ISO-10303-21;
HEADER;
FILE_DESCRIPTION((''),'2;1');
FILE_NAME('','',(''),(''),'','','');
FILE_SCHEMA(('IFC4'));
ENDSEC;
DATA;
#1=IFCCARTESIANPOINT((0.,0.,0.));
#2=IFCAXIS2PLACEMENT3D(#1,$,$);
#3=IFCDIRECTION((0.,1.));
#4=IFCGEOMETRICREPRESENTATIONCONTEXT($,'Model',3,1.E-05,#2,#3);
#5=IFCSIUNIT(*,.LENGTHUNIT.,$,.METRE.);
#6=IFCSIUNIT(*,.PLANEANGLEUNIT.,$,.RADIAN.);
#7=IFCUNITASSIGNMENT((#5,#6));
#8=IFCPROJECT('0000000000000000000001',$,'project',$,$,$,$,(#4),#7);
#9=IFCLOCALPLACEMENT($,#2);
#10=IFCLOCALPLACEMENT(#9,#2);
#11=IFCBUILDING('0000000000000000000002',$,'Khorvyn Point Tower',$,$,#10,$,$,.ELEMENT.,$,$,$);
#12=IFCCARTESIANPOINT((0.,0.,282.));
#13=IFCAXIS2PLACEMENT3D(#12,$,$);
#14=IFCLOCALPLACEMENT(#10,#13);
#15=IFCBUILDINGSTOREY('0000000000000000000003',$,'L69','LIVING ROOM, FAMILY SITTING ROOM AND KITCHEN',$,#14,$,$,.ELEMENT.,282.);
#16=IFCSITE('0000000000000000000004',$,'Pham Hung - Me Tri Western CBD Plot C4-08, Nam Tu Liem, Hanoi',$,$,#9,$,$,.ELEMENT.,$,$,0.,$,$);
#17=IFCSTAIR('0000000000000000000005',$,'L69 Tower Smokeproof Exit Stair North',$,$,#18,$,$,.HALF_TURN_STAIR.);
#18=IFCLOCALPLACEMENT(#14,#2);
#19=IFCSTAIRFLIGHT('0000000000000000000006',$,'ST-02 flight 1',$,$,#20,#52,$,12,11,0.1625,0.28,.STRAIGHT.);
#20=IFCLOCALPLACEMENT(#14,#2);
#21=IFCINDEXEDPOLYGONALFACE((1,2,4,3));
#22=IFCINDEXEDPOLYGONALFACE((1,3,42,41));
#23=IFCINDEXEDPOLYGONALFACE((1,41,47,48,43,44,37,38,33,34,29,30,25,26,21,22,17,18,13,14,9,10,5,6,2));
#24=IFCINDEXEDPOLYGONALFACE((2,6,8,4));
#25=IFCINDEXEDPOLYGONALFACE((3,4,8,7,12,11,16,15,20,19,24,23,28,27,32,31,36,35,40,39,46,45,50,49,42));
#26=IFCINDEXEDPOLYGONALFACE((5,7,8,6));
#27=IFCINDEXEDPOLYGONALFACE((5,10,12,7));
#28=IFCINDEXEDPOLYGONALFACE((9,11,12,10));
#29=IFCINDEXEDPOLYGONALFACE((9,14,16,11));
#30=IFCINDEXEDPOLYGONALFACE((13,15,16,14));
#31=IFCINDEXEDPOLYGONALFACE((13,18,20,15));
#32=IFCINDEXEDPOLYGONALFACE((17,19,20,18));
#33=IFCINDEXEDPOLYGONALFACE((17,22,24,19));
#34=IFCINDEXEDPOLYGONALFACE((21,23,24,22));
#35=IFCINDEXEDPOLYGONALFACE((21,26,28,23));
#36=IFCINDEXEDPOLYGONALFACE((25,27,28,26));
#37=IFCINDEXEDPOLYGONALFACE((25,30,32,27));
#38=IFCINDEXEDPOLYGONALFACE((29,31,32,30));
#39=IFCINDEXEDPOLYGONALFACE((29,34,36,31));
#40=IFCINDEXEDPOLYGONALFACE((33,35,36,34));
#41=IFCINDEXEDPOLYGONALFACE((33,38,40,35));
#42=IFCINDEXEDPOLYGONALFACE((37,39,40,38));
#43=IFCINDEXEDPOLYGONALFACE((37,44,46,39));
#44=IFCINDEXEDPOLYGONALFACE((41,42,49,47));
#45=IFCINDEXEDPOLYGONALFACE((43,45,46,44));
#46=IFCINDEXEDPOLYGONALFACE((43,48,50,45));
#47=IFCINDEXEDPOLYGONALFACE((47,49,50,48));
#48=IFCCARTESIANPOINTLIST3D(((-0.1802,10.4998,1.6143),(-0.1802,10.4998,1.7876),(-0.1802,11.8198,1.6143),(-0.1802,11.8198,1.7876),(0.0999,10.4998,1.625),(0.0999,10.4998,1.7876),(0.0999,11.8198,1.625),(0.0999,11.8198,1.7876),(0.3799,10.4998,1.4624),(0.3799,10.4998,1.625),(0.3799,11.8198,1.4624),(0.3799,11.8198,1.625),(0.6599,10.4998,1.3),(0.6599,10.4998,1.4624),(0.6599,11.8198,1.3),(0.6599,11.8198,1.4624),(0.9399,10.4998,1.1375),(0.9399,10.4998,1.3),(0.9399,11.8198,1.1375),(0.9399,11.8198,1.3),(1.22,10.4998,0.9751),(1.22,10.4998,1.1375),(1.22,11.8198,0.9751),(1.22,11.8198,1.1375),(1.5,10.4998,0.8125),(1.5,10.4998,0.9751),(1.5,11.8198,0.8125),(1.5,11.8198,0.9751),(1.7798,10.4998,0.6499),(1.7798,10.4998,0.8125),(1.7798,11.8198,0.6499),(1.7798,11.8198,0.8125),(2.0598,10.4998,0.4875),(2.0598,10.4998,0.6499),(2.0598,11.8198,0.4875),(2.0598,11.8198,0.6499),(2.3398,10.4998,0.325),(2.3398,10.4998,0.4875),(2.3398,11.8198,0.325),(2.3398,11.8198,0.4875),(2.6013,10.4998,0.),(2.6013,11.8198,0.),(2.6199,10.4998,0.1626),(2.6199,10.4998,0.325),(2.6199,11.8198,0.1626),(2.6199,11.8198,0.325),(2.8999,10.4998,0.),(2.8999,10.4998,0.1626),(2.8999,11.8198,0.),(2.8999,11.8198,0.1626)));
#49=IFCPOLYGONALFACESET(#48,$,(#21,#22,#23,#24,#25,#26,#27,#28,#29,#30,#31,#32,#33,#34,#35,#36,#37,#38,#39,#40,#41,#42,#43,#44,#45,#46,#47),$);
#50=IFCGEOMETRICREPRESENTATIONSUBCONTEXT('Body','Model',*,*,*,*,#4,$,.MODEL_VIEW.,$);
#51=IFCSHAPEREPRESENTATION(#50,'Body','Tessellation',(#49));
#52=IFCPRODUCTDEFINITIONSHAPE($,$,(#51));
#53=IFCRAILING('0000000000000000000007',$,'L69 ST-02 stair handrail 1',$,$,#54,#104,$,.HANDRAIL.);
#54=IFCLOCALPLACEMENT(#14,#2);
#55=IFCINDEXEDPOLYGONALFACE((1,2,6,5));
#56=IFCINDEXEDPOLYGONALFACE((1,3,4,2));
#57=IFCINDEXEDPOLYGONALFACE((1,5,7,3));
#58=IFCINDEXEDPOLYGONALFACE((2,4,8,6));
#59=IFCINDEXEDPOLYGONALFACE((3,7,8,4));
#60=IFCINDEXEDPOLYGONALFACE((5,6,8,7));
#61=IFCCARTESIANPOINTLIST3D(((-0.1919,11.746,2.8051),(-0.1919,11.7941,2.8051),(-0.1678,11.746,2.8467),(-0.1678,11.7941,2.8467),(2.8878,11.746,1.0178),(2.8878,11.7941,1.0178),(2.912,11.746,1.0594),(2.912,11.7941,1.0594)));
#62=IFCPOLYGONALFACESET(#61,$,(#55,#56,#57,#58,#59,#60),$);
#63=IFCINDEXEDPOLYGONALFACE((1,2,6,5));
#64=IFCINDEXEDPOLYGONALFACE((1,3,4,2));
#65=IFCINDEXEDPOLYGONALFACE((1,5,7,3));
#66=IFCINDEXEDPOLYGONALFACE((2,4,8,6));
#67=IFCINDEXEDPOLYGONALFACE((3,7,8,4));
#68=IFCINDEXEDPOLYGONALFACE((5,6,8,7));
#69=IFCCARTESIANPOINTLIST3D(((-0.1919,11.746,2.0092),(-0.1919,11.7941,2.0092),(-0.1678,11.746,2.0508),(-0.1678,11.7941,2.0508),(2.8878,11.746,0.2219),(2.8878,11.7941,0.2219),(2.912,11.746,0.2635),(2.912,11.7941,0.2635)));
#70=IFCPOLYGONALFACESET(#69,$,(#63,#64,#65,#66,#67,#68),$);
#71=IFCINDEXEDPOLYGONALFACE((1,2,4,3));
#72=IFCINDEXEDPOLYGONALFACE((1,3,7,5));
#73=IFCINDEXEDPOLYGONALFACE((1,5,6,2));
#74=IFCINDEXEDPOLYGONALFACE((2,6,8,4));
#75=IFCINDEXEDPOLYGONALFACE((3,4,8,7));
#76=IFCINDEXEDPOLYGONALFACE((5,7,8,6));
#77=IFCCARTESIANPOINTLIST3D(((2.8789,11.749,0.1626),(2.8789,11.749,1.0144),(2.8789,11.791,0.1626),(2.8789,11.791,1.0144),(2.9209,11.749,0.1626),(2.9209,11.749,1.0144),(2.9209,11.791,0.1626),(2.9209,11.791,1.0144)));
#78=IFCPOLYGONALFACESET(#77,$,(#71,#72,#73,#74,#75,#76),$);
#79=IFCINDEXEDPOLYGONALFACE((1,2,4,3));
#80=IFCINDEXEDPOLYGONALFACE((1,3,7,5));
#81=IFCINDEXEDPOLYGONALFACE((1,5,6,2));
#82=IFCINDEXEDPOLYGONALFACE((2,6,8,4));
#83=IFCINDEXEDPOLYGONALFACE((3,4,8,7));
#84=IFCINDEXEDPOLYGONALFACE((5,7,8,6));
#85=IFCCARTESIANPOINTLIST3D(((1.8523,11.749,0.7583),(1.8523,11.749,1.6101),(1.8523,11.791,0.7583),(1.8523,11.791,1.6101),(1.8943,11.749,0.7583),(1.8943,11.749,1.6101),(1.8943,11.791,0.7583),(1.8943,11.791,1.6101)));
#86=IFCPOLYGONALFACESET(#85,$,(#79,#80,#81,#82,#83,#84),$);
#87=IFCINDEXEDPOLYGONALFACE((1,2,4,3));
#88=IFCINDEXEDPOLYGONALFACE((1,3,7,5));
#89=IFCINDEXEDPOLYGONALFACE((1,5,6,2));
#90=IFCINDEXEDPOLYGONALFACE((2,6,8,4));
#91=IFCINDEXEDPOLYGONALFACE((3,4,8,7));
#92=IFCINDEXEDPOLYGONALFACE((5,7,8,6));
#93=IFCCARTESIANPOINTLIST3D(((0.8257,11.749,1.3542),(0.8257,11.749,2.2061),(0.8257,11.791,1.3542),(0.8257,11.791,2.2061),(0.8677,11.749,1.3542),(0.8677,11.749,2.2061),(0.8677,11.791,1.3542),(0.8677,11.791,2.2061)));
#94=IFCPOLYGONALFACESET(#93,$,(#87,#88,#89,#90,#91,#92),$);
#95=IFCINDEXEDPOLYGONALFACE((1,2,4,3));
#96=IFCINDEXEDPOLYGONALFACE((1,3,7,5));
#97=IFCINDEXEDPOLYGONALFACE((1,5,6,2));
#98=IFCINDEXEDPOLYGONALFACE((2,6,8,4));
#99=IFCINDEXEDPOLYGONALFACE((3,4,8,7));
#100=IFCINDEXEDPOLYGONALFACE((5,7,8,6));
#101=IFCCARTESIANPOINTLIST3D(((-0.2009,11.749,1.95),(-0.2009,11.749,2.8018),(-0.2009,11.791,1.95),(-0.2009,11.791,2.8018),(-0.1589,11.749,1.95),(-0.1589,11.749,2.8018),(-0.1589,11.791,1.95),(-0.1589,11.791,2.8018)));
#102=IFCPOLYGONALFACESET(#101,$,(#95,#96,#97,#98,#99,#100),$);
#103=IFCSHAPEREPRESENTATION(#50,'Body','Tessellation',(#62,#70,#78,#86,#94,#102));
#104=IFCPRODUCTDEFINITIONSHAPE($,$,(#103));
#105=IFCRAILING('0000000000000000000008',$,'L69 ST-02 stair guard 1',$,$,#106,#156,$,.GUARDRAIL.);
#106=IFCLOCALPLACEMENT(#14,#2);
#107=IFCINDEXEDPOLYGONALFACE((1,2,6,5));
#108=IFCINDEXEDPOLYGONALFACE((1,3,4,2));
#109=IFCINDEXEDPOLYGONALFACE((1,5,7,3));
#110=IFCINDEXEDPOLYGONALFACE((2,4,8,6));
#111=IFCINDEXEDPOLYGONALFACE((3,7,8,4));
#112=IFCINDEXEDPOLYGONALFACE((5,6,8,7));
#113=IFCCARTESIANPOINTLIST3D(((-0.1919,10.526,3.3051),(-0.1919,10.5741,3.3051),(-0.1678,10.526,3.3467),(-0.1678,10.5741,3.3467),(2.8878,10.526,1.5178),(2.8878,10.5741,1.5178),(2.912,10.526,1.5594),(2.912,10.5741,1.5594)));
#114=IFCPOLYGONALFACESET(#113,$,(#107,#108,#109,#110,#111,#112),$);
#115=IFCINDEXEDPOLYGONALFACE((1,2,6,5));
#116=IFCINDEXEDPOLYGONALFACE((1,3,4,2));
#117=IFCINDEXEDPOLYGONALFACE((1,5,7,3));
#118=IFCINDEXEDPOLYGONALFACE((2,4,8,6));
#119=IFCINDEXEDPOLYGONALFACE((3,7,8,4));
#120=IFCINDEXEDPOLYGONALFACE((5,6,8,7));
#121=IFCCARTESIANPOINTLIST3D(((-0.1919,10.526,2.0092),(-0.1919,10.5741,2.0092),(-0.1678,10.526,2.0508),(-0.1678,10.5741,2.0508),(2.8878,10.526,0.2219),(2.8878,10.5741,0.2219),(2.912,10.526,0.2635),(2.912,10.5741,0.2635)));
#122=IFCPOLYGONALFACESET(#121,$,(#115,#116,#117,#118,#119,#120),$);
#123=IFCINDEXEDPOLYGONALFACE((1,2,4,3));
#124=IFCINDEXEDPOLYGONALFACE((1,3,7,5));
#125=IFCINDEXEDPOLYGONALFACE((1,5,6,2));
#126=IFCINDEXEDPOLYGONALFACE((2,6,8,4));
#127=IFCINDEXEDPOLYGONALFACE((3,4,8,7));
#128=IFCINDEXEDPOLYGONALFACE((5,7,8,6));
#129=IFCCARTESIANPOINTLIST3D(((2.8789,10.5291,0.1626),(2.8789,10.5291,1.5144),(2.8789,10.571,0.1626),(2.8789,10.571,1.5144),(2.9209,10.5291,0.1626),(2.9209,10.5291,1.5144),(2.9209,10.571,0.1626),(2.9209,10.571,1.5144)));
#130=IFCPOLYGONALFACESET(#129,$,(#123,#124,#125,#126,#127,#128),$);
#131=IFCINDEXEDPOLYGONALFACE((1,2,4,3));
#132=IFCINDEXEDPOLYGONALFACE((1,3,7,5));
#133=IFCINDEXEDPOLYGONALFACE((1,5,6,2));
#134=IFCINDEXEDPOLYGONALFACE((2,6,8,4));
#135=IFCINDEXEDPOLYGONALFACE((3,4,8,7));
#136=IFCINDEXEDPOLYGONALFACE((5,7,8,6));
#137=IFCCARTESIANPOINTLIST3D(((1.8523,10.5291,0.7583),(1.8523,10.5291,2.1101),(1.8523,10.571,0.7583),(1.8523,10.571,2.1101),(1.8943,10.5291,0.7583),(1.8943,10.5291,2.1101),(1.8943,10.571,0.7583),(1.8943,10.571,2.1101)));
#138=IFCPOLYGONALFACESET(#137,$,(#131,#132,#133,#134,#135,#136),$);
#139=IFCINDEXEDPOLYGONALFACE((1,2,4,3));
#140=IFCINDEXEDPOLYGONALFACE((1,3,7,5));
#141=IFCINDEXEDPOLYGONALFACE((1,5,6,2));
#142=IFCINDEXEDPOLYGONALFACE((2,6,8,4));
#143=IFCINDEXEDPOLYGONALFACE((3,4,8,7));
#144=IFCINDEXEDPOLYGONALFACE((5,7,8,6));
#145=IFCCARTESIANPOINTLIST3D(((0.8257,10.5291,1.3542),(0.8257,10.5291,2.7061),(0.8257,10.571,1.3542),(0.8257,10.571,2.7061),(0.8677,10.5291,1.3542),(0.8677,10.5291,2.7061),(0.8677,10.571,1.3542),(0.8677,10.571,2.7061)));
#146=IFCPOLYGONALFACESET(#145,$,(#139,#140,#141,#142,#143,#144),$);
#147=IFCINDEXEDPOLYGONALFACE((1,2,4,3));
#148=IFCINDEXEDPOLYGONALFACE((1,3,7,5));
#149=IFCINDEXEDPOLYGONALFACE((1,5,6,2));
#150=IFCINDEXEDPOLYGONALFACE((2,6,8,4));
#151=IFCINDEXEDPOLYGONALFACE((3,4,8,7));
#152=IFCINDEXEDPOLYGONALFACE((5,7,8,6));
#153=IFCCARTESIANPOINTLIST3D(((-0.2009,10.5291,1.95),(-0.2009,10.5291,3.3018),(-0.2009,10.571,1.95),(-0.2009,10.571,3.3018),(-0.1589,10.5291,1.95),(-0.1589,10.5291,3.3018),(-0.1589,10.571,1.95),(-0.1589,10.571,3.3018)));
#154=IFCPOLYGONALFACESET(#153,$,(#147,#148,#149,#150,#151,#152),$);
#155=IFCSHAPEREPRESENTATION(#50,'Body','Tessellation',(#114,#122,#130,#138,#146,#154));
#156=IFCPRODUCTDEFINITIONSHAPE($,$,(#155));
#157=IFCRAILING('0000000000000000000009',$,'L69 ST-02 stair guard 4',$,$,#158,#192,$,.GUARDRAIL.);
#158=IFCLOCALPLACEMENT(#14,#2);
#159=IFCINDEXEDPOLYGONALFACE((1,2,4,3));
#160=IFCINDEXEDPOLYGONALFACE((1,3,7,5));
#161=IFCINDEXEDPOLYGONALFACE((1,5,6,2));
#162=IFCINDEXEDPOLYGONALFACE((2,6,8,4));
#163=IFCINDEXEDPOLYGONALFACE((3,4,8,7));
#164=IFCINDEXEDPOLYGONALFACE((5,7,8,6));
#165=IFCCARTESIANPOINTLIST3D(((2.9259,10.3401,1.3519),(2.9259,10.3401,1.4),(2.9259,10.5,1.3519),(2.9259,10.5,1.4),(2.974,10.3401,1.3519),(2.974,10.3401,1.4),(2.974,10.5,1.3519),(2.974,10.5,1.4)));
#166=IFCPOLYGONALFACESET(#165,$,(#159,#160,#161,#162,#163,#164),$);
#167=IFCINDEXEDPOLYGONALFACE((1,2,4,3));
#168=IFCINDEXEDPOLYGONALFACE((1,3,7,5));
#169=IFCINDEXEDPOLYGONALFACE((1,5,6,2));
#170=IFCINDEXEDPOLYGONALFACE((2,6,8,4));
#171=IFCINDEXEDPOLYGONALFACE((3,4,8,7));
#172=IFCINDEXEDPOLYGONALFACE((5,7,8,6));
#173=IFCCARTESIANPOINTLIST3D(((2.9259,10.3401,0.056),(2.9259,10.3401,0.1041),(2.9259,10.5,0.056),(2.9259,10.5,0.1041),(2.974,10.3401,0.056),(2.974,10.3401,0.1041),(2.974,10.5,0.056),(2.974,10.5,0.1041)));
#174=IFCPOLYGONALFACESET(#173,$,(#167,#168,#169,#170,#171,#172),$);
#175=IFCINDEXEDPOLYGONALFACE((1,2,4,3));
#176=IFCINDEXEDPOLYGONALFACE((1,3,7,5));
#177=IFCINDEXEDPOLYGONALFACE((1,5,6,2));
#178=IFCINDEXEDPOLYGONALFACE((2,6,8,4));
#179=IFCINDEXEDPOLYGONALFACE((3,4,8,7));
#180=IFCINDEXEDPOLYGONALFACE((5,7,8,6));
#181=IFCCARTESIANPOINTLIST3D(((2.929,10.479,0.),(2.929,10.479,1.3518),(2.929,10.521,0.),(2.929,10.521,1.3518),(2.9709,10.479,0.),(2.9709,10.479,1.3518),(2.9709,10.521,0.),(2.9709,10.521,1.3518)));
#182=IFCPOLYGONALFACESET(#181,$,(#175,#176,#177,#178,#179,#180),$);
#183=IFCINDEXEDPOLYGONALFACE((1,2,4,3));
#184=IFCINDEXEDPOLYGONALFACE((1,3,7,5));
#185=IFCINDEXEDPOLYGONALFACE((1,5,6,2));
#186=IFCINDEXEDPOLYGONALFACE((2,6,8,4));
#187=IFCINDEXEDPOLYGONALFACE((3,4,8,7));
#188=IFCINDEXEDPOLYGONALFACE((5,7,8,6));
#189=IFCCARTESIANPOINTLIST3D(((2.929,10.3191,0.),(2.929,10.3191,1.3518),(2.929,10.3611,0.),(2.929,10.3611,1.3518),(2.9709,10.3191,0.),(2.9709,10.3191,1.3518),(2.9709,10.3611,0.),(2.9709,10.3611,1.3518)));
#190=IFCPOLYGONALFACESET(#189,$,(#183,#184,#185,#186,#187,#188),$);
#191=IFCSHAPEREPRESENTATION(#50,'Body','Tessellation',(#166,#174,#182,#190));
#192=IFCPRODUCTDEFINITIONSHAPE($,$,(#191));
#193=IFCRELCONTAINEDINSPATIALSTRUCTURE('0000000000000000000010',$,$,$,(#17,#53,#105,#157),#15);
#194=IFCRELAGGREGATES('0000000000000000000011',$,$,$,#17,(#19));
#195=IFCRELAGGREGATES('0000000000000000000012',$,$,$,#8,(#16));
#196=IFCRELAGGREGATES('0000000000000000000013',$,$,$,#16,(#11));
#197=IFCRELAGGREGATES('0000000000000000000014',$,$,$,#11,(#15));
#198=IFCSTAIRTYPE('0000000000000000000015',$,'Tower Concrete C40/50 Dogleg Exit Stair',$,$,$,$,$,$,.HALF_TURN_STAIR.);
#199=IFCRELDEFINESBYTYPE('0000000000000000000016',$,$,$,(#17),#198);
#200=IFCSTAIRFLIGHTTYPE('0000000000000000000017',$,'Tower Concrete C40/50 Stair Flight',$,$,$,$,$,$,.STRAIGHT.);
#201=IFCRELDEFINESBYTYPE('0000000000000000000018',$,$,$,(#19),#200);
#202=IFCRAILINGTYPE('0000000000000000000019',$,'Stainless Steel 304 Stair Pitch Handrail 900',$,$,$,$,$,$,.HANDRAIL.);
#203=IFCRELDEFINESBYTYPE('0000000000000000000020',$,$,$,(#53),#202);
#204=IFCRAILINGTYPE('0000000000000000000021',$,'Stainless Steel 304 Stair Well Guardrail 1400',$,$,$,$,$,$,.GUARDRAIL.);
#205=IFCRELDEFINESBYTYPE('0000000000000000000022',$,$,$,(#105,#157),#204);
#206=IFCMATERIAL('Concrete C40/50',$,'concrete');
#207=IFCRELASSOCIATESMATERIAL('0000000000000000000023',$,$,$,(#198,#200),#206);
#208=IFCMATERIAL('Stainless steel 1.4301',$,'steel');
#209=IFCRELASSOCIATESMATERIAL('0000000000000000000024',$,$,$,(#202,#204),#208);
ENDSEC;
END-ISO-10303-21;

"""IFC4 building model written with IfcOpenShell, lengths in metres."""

from ifc_helpers import new_model, si_unit, direction, frame, origin, origin_2d, place, context, subcontext, project, spatial, polyline, rectangle, outline, extrude, material, type_object, element, aggregate, save


model = new_model("IFC4")

# Units and contexts
model_context = context("Model", 3, precision=1e-05, world=origin(), true_north=direction((0.0, 1.0)))
body_context = subcontext(model_context, "Body", "Model", "MODEL_VIEW")
ifc_project = project(units=[si_unit("LENGTHUNIT", "METRE"), si_unit("PLANEANGLEUNIT", "RADIAN")], contexts=[model_context])

# Site, building, storey
site_placement = place(None, origin())
site = spatial("IfcSite", under=ifc_project, at=site_placement, Name="Pham Hung - Me Tri Western CBD Plot C4-08, Nam Tu Liem, Hanoi", CompositionType="ELEMENT", RefElevation=0.0)
building_placement = place(site_placement, origin())
building = spatial("IfcBuilding", under=site, at=building_placement, Name="Khorvyn Point Tower", CompositionType="ELEMENT")
storey_placement = place(building_placement, frame((0.0, 0.0, 282.0)))
storey = spatial("IfcBuildingStorey", under=building, at=storey_placement, Name="L69", Description="LIVING ROOM, FAMILY SITTING ROOM AND KITCHEN", CompositionType="ELEMENT", Elevation=282.0)

# Shared definitions
ifc_material_1 = material(Name="Concrete C40/50", Category="concrete")

# Shared definitions
ifc_material_2 = material(Name="Stainless steel 1.4301", Category="steel")

# Stair, stair flight
stair_type = type_object("IfcStairType", Name="Tower Concrete C40/50 Dogleg Exit Stair", PredefinedType="HALF_TURN_STAIR", material=ifc_material_1)
stair_placement = place(storey_placement, origin())
stair = element("IfcStair", 1, at=stair_placement, inside=storey, type_object=stair_type, Name="L69 Tower Smokeproof Exit Stair North", PredefinedType="HALF_TURN_STAIR")
stair_flight_type = type_object("IfcStairFlightType", Name="Tower Concrete C40/50 Stair Flight", PredefinedType="STRAIGHT", material=ifc_material_1)
stair_flight_placement = place(storey_placement, frame((2.8999, 11.1599, 0.0), z_axis=(0.0, 0.0, 1.0), x_axis=(-1.0, 0.0, 0.0)))
stair_flight = element("IfcStairFlight", 2, at=stair_flight_placement, type_object=stair_flight_type, Name="ST-02 flight 1", NumberOfRisers=12, NumberOfTreads=11, PredefinedType="STRAIGHT", RiserHeight=0.1625, TreadLength=0.28, context=body_context, shape_type="SweptSolid", body=[
    extrude(outline(polyline([(0.0, 0.0), (0.0, 0.1626), (0.28, 0.1626), (0.28, 0.325), (0.5601, 0.325), (0.5601, 0.4875), (0.8401, 0.4875), (0.8401, 0.6499), (1.1201, 0.6499), (1.1201, 0.8125), (1.3999, 0.8125), (1.3999, 0.9751), (1.6799, 0.9751), (1.6799, 1.1375), (1.96, 1.1375), (1.96, 1.3), (2.24, 1.3), (2.24, 1.4624), (2.52, 1.4624), (2.52, 1.625), (2.8, 1.625), (2.8, 1.7876), (3.0801, 1.7876), (3.0801, 1.95), (3.0801, 1.6143), (0.2986, 0.0), (0.0, 0.0)])), frame((0.0, 0.6602, 0.0), z_axis=(0.0, -1.0, 0.0), x_axis=(1.0, 0.0, 0.0)), (0.0, 0.0, 1.0), 1.3201),
])
aggregate(stair, [stair_flight])

# Railings
railing_type_1 = type_object("IfcRailingType", Name="Stainless Steel 304 Stair Pitch Handrail 900", PredefinedType="HANDRAIL", material=ifc_material_2)
railing_1_placement = place(storey_placement, frame((2.8999, 11.77, 0.1626)))
element("IfcRailing", 3, at=railing_1_placement, inside=storey, type_object=railing_type_1, Name="L69 ST-02 stair handrail 1", PredefinedType="HANDRAIL", context=body_context, shape_type="SweptSolid", body=[
    extrude(rectangle(XDim=0.0481, YDim=0.0481, at=origin_2d()), frame((0.0, 0.0, 0.876), z_axis=(-0.864903, 0.0, 0.501939), x_axis=(0.0, -1.0, 0.0)), (0.0, 0.0, 1.0), 3.5608),
    extrude(rectangle(XDim=0.0481, YDim=0.0481, at=origin_2d()), frame((0.0, 0.0, 0.0801), z_axis=(-0.864903, 0.0, 0.501939), x_axis=(0.0, -1.0, 0.0)), (0.0, 0.0, 1.0), 3.5608),
    extrude(rectangle(XDim=0.042, YDim=0.042, at=origin_2d()), origin(), (0.0, 0.0, 1.0), 0.8518),
    extrude(rectangle(XDim=0.042, YDim=0.042, at=origin_2d()), frame((-1.0266, 0.0, 0.5957)), (0.0, 0.0, 1.0), 0.8518),
    extrude(rectangle(XDim=0.042, YDim=0.042, at=origin_2d()), frame((-2.0532, 0.0, 1.1917)), (0.0, 0.0, 1.0), 0.8518),
    extrude(rectangle(XDim=0.042, YDim=0.042, at=origin_2d()), frame((-3.0798, 0.0, 1.7874)), (0.0, 0.0, 1.0), 0.8518),
])
railing_type_2 = type_object("IfcRailingType", Name="Stainless Steel 304 Stair Well Guardrail 1400", PredefinedType="GUARDRAIL", material=ifc_material_2)
railing_2_placement = place(storey_placement, frame((2.8999, 10.55, 0.1626)))
element("IfcRailing", 4, at=railing_2_placement, inside=storey, type_object=railing_type_2, Name="L69 ST-02 stair guard 1", PredefinedType="GUARDRAIL", context=body_context, shape_type="SweptSolid", body=[
    extrude(rectangle(XDim=0.0481, YDim=0.0481, at=origin_2d()), frame((0.0, 0.0, 1.376), z_axis=(-0.864903, 0.0, 0.501939), x_axis=(0.0, -1.0, 0.0)), (0.0, 0.0, 1.0), 3.5608),
    extrude(rectangle(XDim=0.0481, YDim=0.0481, at=origin_2d()), frame((0.0, 0.0, 0.0801), z_axis=(-0.864903, 0.0, 0.501939), x_axis=(0.0, -1.0, 0.0)), (0.0, 0.0, 1.0), 3.5608),
    extrude(rectangle(XDim=0.042, YDim=0.042, at=origin_2d()), origin(), (0.0, 0.0, 1.0), 1.3518),
    extrude(rectangle(XDim=0.042, YDim=0.042, at=origin_2d()), frame((-1.0266, 0.0, 0.5957)), (0.0, 0.0, 1.0), 1.3518),
    extrude(rectangle(XDim=0.042, YDim=0.042, at=origin_2d()), frame((-2.0532, 0.0, 1.1917)), (0.0, 0.0, 1.0), 1.3518),
    extrude(rectangle(XDim=0.042, YDim=0.042, at=origin_2d()), frame((-3.0798, 0.0, 1.7874)), (0.0, 0.0, 1.0), 1.3518),
])
railing_3_placement = place(storey_placement, frame((2.95, 10.5, 0.0)))
element("IfcRailing", 5, at=railing_3_placement, inside=storey, type_object=railing_type_2, Name="L69 ST-02 stair guard 4", PredefinedType="GUARDRAIL", context=body_context, shape_type="SweptSolid", body=[
    extrude(rectangle(XDim=0.0481, YDim=0.0481, at=origin_2d()), frame((0.0, 0.0, 1.376), z_axis=(0.0, -1.0, 0.0), x_axis=(1.0, 0.0, 0.0)), (0.0, 0.0, 1.0), 0.1599),
    extrude(rectangle(XDim=0.0481, YDim=0.0481, at=origin_2d()), frame((0.0, 0.0, 0.0801), z_axis=(0.0, -1.0, 0.0), x_axis=(1.0, 0.0, 0.0)), (0.0, 0.0, 1.0), 0.1599),
    extrude(rectangle(XDim=0.042, YDim=0.042, at=origin_2d()), origin(), (0.0, 0.0, 1.0), 1.3518),
    extrude(rectangle(XDim=0.042, YDim=0.042, at=origin_2d()), frame((0.0, -0.1599, 0.0)), (0.0, 0.0, 1.0), 1.3518),
])

save(model, "model.ifc")
